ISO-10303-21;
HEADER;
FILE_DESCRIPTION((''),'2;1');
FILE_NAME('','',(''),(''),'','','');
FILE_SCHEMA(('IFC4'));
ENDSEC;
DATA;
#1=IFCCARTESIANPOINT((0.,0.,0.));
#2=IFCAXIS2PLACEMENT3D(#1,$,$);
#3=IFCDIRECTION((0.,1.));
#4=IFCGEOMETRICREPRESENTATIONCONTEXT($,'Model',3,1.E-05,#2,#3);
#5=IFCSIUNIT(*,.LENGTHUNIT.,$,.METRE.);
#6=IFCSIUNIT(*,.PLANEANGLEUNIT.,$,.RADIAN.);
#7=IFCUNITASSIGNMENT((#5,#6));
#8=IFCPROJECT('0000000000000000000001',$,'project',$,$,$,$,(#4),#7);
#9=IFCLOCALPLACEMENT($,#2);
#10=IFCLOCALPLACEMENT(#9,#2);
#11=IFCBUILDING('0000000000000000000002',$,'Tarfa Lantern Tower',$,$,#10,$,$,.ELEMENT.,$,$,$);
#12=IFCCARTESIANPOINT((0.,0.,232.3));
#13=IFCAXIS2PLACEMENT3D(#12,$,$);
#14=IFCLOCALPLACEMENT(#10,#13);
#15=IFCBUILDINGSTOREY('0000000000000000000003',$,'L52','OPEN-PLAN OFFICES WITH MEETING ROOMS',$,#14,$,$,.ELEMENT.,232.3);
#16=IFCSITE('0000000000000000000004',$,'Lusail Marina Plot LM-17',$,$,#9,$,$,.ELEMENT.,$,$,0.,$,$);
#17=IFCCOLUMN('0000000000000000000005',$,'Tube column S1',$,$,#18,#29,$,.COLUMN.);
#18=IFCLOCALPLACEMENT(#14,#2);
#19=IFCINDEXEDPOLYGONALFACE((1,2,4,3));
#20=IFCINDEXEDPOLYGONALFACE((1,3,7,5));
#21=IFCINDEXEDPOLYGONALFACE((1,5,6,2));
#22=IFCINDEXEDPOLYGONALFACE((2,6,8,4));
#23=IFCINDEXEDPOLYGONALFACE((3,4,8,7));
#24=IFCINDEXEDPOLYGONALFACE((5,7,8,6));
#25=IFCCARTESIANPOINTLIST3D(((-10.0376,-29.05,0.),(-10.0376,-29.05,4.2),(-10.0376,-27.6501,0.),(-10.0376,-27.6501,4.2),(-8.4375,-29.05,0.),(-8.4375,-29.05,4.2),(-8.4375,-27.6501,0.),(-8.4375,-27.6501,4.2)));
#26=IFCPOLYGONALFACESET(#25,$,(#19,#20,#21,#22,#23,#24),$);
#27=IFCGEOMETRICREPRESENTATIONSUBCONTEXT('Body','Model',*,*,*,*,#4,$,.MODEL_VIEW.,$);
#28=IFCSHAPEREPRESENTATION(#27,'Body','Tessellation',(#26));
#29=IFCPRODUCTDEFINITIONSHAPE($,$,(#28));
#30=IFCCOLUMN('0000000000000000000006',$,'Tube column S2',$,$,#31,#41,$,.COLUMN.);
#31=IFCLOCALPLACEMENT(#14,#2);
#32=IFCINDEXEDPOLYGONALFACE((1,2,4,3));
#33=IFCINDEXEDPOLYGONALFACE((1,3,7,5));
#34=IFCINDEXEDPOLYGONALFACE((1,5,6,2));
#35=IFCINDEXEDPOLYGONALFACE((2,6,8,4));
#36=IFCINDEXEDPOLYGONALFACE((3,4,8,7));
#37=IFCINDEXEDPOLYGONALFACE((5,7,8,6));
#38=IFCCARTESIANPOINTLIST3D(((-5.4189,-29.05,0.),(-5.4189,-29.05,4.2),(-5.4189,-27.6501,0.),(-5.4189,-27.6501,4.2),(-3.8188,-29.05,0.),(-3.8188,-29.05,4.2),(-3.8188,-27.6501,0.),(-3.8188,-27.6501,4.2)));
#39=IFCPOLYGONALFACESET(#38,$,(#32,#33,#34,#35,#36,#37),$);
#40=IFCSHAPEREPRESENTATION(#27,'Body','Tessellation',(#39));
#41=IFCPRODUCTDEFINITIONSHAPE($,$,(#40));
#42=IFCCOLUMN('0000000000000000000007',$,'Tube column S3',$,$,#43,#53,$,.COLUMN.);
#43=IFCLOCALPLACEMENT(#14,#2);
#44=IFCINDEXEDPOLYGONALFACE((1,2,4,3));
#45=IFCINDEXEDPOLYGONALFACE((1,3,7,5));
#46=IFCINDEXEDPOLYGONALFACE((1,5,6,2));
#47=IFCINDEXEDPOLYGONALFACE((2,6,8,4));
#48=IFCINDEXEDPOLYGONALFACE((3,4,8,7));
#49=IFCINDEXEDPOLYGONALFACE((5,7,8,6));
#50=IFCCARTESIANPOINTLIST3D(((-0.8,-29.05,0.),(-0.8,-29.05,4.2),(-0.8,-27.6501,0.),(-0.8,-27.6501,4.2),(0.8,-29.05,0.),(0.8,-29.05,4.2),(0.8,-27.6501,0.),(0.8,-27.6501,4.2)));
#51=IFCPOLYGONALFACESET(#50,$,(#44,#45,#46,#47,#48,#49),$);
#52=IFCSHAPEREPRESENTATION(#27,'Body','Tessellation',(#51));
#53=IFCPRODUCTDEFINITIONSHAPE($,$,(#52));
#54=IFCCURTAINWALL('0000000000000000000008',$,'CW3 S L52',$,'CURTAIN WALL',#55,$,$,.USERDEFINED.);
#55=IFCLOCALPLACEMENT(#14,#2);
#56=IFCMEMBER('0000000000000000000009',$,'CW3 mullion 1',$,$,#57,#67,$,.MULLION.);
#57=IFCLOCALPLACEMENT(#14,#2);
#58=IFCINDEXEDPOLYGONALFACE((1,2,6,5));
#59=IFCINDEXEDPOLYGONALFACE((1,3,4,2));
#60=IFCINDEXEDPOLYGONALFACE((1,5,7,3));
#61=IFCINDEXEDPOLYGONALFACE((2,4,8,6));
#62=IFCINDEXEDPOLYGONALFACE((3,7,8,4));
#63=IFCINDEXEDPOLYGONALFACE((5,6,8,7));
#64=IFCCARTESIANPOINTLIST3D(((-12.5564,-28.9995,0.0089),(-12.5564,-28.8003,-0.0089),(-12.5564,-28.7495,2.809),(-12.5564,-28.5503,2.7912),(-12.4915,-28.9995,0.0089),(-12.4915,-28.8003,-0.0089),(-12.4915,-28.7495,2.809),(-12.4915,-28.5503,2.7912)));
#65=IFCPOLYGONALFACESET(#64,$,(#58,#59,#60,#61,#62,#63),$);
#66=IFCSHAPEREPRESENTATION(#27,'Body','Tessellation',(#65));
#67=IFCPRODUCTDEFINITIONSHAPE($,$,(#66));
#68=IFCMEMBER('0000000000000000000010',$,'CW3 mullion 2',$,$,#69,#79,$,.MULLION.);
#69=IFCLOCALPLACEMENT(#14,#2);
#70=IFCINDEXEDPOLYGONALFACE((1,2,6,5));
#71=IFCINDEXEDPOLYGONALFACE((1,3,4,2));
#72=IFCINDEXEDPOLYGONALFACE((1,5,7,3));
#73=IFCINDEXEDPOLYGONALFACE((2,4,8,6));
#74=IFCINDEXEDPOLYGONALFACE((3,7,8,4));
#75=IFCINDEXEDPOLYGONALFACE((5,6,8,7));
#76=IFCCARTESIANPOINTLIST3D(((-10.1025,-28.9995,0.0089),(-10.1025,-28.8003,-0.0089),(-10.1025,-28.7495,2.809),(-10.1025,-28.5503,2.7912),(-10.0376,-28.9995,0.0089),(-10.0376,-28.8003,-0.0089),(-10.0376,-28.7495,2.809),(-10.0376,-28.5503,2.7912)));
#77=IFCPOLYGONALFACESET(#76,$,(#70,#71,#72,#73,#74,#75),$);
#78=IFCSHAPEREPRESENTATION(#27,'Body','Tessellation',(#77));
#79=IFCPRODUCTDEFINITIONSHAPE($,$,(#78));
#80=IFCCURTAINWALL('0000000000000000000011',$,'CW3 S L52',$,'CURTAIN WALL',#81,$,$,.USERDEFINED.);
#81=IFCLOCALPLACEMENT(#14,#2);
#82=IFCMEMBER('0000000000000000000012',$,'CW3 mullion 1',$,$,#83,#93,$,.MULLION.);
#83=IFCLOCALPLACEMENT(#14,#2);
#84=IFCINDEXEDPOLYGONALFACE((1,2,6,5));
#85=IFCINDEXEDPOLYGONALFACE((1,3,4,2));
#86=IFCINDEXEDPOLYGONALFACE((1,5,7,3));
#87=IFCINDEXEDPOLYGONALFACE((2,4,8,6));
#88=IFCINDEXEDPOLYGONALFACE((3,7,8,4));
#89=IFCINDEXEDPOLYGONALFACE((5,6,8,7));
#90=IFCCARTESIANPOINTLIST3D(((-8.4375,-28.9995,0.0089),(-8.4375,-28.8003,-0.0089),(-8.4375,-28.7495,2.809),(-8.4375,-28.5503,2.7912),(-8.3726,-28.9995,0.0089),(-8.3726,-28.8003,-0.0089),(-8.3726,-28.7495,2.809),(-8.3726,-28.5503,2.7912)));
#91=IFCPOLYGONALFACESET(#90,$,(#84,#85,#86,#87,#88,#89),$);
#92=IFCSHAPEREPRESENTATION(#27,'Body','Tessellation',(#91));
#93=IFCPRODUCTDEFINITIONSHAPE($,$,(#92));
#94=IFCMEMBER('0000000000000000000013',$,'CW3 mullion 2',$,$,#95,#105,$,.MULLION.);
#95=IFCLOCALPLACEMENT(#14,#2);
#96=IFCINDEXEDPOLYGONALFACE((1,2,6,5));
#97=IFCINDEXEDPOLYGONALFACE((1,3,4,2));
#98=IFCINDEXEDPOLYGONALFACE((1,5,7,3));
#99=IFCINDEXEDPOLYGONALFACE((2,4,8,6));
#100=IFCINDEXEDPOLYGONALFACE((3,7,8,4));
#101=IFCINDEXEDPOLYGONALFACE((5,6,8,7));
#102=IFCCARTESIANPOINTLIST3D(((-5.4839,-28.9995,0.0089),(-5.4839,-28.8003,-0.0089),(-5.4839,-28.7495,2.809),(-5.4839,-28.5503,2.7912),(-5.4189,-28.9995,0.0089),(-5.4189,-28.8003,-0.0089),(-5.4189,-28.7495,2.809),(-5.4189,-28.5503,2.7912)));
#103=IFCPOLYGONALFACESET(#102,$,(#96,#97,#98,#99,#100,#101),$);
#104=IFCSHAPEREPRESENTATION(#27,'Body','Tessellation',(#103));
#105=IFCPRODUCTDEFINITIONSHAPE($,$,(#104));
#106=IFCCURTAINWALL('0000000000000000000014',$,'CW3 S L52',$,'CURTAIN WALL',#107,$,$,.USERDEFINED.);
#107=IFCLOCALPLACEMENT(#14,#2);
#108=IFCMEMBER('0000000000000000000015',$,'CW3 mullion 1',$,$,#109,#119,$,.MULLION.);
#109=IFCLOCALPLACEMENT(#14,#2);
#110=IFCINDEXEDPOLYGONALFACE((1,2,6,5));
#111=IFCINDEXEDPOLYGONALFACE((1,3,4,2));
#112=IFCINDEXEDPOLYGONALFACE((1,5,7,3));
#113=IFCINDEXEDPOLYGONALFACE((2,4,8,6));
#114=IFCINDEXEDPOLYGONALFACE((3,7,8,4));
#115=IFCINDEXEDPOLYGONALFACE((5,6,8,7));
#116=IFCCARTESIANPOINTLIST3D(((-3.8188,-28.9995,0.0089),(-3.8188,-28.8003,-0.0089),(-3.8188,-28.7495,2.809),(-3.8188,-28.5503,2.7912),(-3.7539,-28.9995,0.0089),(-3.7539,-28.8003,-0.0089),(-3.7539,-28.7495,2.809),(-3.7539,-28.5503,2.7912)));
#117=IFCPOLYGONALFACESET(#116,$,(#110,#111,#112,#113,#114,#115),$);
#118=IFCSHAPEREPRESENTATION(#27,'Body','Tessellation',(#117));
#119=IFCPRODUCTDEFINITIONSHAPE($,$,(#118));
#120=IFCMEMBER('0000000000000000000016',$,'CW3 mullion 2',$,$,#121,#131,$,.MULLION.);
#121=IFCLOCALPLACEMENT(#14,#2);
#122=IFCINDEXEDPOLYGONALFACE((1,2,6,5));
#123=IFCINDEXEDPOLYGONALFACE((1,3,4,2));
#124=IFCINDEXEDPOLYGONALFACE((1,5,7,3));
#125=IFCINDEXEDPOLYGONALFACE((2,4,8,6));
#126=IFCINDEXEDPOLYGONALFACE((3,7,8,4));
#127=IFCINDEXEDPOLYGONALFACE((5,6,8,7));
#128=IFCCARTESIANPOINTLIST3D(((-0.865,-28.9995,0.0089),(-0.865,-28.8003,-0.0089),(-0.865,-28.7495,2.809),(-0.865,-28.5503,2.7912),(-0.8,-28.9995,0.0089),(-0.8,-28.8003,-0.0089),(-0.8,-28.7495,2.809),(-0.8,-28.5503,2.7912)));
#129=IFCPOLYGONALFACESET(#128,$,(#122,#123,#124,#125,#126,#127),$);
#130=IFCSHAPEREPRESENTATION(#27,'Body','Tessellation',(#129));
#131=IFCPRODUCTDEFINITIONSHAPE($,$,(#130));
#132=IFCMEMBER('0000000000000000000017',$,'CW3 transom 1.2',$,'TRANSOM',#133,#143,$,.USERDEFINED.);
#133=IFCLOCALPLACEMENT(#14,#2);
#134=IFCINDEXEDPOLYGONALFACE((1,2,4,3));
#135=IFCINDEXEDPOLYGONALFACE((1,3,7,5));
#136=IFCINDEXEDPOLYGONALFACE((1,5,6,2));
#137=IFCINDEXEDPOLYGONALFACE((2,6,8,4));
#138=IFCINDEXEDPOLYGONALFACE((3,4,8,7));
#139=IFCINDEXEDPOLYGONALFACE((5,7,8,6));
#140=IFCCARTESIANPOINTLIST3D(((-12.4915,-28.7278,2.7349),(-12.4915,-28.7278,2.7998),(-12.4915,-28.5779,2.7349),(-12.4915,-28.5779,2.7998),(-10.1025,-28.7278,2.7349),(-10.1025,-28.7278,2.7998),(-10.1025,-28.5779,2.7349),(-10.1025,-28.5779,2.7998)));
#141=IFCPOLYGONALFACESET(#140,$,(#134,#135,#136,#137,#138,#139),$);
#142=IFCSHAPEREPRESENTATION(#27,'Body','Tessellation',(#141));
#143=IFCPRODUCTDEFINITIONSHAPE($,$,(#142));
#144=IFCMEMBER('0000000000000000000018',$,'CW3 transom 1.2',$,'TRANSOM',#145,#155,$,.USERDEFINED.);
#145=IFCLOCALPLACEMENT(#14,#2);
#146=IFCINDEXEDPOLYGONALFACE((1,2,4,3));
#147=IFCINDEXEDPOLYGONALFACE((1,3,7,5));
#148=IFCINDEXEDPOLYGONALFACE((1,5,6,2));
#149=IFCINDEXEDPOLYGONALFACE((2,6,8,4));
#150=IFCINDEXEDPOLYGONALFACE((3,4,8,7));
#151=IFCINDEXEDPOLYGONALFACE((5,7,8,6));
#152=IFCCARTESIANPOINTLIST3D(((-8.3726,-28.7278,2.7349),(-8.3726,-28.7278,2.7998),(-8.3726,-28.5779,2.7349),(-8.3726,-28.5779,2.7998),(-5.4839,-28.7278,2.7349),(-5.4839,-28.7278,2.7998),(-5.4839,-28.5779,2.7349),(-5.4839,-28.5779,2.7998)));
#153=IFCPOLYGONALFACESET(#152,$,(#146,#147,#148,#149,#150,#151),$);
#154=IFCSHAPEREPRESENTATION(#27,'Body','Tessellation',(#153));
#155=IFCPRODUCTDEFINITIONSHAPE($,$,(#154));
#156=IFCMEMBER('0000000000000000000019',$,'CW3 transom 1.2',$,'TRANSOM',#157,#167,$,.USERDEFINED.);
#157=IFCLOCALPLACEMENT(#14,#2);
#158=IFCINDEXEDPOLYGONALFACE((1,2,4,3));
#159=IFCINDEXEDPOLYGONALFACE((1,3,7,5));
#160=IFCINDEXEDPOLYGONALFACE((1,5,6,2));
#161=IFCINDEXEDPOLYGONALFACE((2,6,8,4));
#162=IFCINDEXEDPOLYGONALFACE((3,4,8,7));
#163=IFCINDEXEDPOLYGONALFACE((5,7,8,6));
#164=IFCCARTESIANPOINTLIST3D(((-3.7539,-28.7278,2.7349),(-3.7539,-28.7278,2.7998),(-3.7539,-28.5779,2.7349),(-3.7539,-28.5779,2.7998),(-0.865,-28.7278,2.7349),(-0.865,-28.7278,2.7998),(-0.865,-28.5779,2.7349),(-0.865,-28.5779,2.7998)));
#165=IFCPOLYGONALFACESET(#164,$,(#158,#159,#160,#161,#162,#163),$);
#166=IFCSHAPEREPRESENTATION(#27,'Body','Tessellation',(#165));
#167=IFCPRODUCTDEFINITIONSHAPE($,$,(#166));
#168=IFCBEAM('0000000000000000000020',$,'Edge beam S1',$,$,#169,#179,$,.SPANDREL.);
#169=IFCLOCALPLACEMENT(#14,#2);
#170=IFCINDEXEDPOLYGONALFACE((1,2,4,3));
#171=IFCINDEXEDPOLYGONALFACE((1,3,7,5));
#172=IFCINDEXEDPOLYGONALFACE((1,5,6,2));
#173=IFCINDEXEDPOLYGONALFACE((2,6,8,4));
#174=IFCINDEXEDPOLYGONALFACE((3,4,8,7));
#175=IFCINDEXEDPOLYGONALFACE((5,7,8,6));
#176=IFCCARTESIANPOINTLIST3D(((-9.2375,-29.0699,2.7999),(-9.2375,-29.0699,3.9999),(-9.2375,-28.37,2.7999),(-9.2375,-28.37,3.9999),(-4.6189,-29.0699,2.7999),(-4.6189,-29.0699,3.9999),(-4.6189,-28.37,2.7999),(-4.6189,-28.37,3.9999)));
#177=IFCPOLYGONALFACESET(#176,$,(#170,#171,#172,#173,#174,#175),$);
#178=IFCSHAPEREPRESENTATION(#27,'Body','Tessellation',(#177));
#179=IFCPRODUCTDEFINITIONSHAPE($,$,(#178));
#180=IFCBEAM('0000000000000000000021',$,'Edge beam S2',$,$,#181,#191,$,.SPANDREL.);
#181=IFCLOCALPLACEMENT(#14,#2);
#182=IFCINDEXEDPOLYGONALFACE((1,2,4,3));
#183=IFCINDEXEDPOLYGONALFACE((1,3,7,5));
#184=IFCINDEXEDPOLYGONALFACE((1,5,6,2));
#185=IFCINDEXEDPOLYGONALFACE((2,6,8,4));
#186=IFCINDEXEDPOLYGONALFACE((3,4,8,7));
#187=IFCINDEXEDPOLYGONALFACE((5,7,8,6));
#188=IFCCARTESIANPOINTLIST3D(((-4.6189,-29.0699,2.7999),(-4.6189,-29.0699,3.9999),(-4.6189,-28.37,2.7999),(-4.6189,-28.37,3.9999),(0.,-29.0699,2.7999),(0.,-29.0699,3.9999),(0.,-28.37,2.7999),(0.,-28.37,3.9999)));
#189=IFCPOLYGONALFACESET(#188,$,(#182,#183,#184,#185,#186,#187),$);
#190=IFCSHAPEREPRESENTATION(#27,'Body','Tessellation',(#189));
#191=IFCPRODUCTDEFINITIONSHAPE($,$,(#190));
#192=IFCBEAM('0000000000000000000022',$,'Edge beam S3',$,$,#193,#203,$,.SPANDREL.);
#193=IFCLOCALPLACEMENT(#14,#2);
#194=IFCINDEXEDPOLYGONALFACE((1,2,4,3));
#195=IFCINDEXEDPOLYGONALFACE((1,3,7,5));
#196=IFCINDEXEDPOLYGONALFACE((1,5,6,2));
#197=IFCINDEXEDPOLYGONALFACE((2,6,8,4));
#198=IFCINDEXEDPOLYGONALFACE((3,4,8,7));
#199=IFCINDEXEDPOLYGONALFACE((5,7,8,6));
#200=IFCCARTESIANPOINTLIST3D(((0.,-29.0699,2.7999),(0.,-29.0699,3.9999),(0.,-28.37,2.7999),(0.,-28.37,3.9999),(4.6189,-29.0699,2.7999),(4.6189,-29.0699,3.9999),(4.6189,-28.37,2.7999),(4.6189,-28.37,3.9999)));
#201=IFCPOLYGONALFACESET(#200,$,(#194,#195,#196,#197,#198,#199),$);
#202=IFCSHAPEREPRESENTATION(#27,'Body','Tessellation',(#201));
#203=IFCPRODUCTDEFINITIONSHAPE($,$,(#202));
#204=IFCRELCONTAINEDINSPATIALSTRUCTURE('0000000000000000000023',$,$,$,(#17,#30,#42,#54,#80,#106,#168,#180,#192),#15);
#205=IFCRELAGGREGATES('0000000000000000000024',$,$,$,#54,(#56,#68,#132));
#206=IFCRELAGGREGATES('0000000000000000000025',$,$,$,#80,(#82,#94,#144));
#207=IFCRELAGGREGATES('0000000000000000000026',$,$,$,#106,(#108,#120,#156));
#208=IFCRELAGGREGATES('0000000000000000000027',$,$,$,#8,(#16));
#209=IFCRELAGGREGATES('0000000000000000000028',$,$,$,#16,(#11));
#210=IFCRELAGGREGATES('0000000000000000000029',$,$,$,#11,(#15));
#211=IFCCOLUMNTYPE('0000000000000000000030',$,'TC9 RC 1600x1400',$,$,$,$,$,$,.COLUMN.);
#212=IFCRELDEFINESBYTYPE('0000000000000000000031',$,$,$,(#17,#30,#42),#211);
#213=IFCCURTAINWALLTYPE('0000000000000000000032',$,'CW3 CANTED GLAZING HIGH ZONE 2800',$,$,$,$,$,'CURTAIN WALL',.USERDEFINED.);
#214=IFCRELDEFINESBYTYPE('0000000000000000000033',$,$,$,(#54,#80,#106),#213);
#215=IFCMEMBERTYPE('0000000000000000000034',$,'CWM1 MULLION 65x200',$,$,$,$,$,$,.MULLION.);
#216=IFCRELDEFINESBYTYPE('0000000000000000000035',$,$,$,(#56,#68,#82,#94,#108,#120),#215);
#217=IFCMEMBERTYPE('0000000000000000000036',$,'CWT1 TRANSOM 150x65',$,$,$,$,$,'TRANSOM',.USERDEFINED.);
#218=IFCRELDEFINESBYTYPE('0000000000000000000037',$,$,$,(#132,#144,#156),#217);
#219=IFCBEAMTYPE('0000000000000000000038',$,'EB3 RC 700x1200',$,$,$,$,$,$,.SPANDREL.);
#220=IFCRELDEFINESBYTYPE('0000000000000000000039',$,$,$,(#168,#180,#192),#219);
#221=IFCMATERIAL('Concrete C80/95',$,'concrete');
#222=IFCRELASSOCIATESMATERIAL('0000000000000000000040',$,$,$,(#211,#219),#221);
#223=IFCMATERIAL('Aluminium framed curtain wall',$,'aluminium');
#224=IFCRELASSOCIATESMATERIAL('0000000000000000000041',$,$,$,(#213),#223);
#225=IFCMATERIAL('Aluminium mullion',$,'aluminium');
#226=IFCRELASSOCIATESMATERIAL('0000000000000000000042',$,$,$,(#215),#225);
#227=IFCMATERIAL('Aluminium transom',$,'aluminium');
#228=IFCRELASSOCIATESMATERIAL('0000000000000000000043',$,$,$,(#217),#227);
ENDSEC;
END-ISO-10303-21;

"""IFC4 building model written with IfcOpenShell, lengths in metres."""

from ifc_helpers import new_model, si_unit, direction, frame, origin, origin_2d, place, context, subcontext, project, spatial, rectangle, extrude, material, material_profile, profile_set, type_object, element, aggregate, save


model = new_model("IFC4")

# Units and contexts
model_context = context("Model", 3, precision=1e-05, world=origin(), true_north=direction((0.0, 1.0)))
body_context = subcontext(model_context, "Body", "Model", "MODEL_VIEW")
ifc_project = project(units=[si_unit("LENGTHUNIT", "METRE"), si_unit("PLANEANGLEUNIT", "RADIAN")], contexts=[model_context])

# Site, building, storey
site_placement = place(None, origin())
site = spatial("IfcSite", under=ifc_project, at=site_placement, Name="Lusail Marina Plot LM-17", CompositionType="ELEMENT", RefElevation=0.0)
building_placement = place(site_placement, origin())
building = spatial("IfcBuilding", under=site, at=building_placement, Name="Tarfa Lantern Tower", CompositionType="ELEMENT")
storey_placement = place(building_placement, frame((0.0, 0.0, 232.3)))
storey = spatial("IfcBuildingStorey", under=building, at=storey_placement, Name="L52", Description="OPEN-PLAN OFFICES WITH MEETING ROOMS", CompositionType="ELEMENT", Elevation=232.3)

# Columns
ifc_material_1 = material(Name="Concrete C80/95", Category="concrete")
ifc_material_profile_1 = material_profile(ifc_material_1, rectangle(XDim=1.6001, YDim=1.3999, at=origin_2d()), Name="RC 1600x1400")
ifc_profile_set_1 = profile_set([ifc_material_profile_1], Name="Concrete C80/95")
column_type = type_object("IfcColumnType", Name="TC9 RC 1600x1400", PredefinedType="COLUMN", material=ifc_profile_set_1)
for number, where, z_axis, x_axis, name in (
    (1, (-9.2375, -28.3501, 0.0), (0.0, 0.0, 1.0), (1.0, 0.0, 0.0), "Tube column S1"),
    (2, (-4.6189, -28.3501, 0.0), (0.0, 0.0, 1.0), (1.0, 0.0, 0.0), "Tube column S2"),
    (3, (0.0, -28.3501, 0.0), (0.0, 0.0, 1.0), (1.0, 0.0, 0.0), "Tube column S3"),
):
    element("IfcColumn", number, at=place(storey_placement, frame(where, z_axis=z_axis, x_axis=x_axis)), inside=storey, type_object=column_type, Name=name, PredefinedType="COLUMN", context=body_context, shape_type="SweptSolid", body=[
        extrude(rectangle(XDim=1.6001, YDim=1.3999, at=origin_2d()), origin(), (0.0, 0.0, 1.0), 4.2),
    ])

# Curtain walls, members
ifc_material_2 = material(Name="Aluminium framed curtain wall", Category="aluminium")
curtain_wall_type = type_object("IfcCurtainWallType", Name="CW3 CANTED GLAZING HIGH ZONE 2800", ElementType="CURTAIN WALL", PredefinedType="USERDEFINED", material=ifc_material_2)
curtain_wall_1_placement = place(storey_placement, origin())
curtain_wall_1 = element("IfcCurtainWall", 4, at=curtain_wall_1_placement, inside=storey, type_object=curtain_wall_type, Name="CW3 S L52", ObjectType="CURTAIN WALL", PredefinedType="USERDEFINED")
ifc_material_3 = material(Name="Aluminium mullion", Category="aluminium")
ifc_material_profile_2 = material_profile(ifc_material_3, rectangle(XDim=0.0649, YDim=0.2, at=origin_2d()), Name="AL MULLION 65x200")
ifc_profile_set_2 = profile_set([ifc_material_profile_2], Name="Aluminium mullion")
member_type_1 = type_object("IfcMemberType", Name="CWM1 MULLION 65x200", PredefinedType="MULLION", material=ifc_profile_set_2)
member_1_placement = place(storey_placement, frame((-12.5239, -28.8999, 0.0), z_axis=(0.0, 0.08893, 0.996038), x_axis=(-1.0, 0.0, 0.0)))
member_1 = element("IfcMember", 5, at=member_1_placement, type_object=member_type_1, Name="CW3 mullion 1", PredefinedType="MULLION", context=body_context, shape_type="SweptSolid", body=[
    extrude(rectangle(XDim=0.0649, YDim=0.2, at=origin_2d()), origin(), (0.0, 0.0, 1.0), 2.8113),
])
member_2_placement = place(storey_placement, frame((-10.0701, -28.8999, 0.0), z_axis=(0.0, 0.08893, 0.996038), x_axis=(-1.0, 0.0, 0.0)))
member_2 = element("IfcMember", 6, at=member_2_placement, type_object=member_type_1, Name="CW3 mullion 2", PredefinedType="MULLION", context=body_context, shape_type="SweptSolid", body=[
    extrude(rectangle(XDim=0.0649, YDim=0.2, at=origin_2d()), origin(), (0.0, 0.0, 1.0), 2.8113),
])
curtain_wall_2_placement = place(storey_placement, origin())
curtain_wall_2 = element("IfcCurtainWall", 7, at=curtain_wall_2_placement, inside=storey, type_object=curtain_wall_type, Name="CW3 S L52", ObjectType="CURTAIN WALL", PredefinedType="USERDEFINED")
member_3_placement = place(storey_placement, frame((-8.405, -28.8999, 0.0), z_axis=(0.0, 0.08893, 0.996038), x_axis=(-1.0, 0.0, 0.0)))
member_3 = element("IfcMember", 8, at=member_3_placement, type_object=member_type_1, Name="CW3 mullion 1", PredefinedType="MULLION", context=body_context, shape_type="SweptSolid", body=[
    extrude(rectangle(XDim=0.0649, YDim=0.2, at=origin_2d()), origin(), (0.0, 0.0, 1.0), 2.8113),
])
member_4_placement = place(storey_placement, frame((-5.4514, -28.8999, 0.0), z_axis=(0.0, 0.08893, 0.996038), x_axis=(-1.0, 0.0, 0.0)))
member_4 = element("IfcMember", 9, at=member_4_placement, type_object=member_type_1, Name="CW3 mullion 2", PredefinedType="MULLION", context=body_context, shape_type="SweptSolid", body=[
    extrude(rectangle(XDim=0.0649, YDim=0.2, at=origin_2d()), origin(), (0.0, 0.0, 1.0), 2.8113),
])
curtain_wall_3_placement = place(storey_placement, origin())
curtain_wall_3 = element("IfcCurtainWall", 10, at=curtain_wall_3_placement, inside=storey, type_object=curtain_wall_type, Name="CW3 S L52", ObjectType="CURTAIN WALL", PredefinedType="USERDEFINED")
member_5_placement = place(storey_placement, frame((-3.7864, -28.8999, 0.0), z_axis=(0.0, 0.08893, 0.996038), x_axis=(-1.0, 0.0, 0.0)))
member_5 = element("IfcMember", 11, at=member_5_placement, type_object=member_type_1, Name="CW3 mullion 1", PredefinedType="MULLION", context=body_context, shape_type="SweptSolid", body=[
    extrude(rectangle(XDim=0.0649, YDim=0.2, at=origin_2d()), origin(), (0.0, 0.0, 1.0), 2.8113),
])
member_6_placement = place(storey_placement, frame((-0.8325, -28.8999, 0.0), z_axis=(0.0, 0.08893, 0.996038), x_axis=(-1.0, 0.0, 0.0)))
member_6 = element("IfcMember", 12, at=member_6_placement, type_object=member_type_1, Name="CW3 mullion 2", PredefinedType="MULLION", context=body_context, shape_type="SweptSolid", body=[
    extrude(rectangle(XDim=0.0649, YDim=0.2, at=origin_2d()), origin(), (0.0, 0.0, 1.0), 2.8113),
])

# Members
ifc_material_4 = material(Name="Aluminium transom", Category="aluminium")
ifc_material_profile_3 = material_profile(ifc_material_4, rectangle(XDim=0.1499, YDim=0.0649, at=origin_2d()), Name="AL TRANSOM 150x65")
ifc_profile_set_3 = profile_set([ifc_material_profile_3], Name="Aluminium transom")
member_type_2 = type_object("IfcMemberType", Name="CWT1 TRANSOM 150x65", ElementType="TRANSOM", PredefinedType="USERDEFINED", material=ifc_profile_set_3)
member_7_placement = place(storey_placement, frame((-12.4915, -28.6528, 2.7673), z_axis=(1.0, 0.0, 0.0), x_axis=(0.0, 1.0, 0.0)))
member_7 = element("IfcMember", 13, at=member_7_placement, type_object=member_type_2, Name="CW3 transom 1.2", ObjectType="TRANSOM", PredefinedType="USERDEFINED", context=body_context, shape_type="SweptSolid", body=[
    extrude(rectangle(XDim=0.1499, YDim=0.0649, at=origin_2d()), origin(), (0.0, 0.0, 1.0), 2.3889),
])
member_8_placement = place(storey_placement, frame((-8.3726, -28.6528, 2.7673), z_axis=(1.0, 0.0, 0.0), x_axis=(0.0, 1.0, 0.0)))
member_8 = element("IfcMember", 14, at=member_8_placement, type_object=member_type_2, Name="CW3 transom 1.2", ObjectType="TRANSOM", PredefinedType="USERDEFINED", context=body_context, shape_type="SweptSolid", body=[
    extrude(rectangle(XDim=0.1499, YDim=0.0649, at=origin_2d()), origin(), (0.0, 0.0, 1.0), 2.8887),
])
member_9_placement = place(storey_placement, frame((-3.7539, -28.6528, 2.7673), z_axis=(1.0, 0.0, 0.0), x_axis=(0.0, 1.0, 0.0)))
member_9 = element("IfcMember", 15, at=member_9_placement, type_object=member_type_2, Name="CW3 transom 1.2", ObjectType="TRANSOM", PredefinedType="USERDEFINED", context=body_context, shape_type="SweptSolid", body=[
    extrude(rectangle(XDim=0.1499, YDim=0.0649, at=origin_2d()), origin(), (0.0, 0.0, 1.0), 2.8889),
])

# Beams
ifc_material_profile_4 = material_profile(ifc_material_1, rectangle(XDim=0.7, YDim=1.2, at=origin_2d()), Name="RC 700x1200")
ifc_profile_set_4 = profile_set([ifc_material_profile_4], Name="Concrete C80/95")
beam_type_1 = type_object("IfcBeamType", Name="EB3 RC 700x1200", PredefinedType="SPANDREL", material=ifc_profile_set_4)
beam_placement = place(storey_placement, frame((-9.2375, -28.72, 3.3999), z_axis=(1.0, 0.0, 0.0), x_axis=(0.0, 1.0, 0.0)))
element("IfcBeam", 16, at=beam_placement, inside=storey, type_object=beam_type_1, Name="Edge beam S1", PredefinedType="SPANDREL", context=body_context, shape_type="SweptSolid", body=[
    extrude(rectangle(XDim=0.7, YDim=1.2, at=origin_2d()), origin(), (0.0, 0.0, 1.0), 4.6187),
])
for number, where, z_axis, x_axis, name in (
    (17, (-4.6189, -28.72, 3.3999), (1.0, 0.0, 0.0), (0.0, 1.0, 0.0), "Edge beam S2"),
    (18, (0.0, -28.72, 3.3999), (1.0, 0.0, 0.0), (0.0, 1.0, 0.0), "Edge beam S3"),
):
    element("IfcBeam", number, at=place(storey_placement, frame(where, z_axis=z_axis, x_axis=x_axis)), inside=storey, type_object=beam_type_1, Name=name, PredefinedType="SPANDREL", context=body_context, shape_type="SweptSolid", body=[
        extrude(rectangle(XDim=0.7, YDim=1.2, at=origin_2d()), origin(), (0.0, 0.0, 1.0), 4.6189),
    ])

aggregate(curtain_wall_1, [member_1, member_2, member_7])
aggregate(curtain_wall_2, [member_3, member_4, member_8])
aggregate(curtain_wall_3, [member_5, member_6, member_9])

save(model, "model.ifc")
